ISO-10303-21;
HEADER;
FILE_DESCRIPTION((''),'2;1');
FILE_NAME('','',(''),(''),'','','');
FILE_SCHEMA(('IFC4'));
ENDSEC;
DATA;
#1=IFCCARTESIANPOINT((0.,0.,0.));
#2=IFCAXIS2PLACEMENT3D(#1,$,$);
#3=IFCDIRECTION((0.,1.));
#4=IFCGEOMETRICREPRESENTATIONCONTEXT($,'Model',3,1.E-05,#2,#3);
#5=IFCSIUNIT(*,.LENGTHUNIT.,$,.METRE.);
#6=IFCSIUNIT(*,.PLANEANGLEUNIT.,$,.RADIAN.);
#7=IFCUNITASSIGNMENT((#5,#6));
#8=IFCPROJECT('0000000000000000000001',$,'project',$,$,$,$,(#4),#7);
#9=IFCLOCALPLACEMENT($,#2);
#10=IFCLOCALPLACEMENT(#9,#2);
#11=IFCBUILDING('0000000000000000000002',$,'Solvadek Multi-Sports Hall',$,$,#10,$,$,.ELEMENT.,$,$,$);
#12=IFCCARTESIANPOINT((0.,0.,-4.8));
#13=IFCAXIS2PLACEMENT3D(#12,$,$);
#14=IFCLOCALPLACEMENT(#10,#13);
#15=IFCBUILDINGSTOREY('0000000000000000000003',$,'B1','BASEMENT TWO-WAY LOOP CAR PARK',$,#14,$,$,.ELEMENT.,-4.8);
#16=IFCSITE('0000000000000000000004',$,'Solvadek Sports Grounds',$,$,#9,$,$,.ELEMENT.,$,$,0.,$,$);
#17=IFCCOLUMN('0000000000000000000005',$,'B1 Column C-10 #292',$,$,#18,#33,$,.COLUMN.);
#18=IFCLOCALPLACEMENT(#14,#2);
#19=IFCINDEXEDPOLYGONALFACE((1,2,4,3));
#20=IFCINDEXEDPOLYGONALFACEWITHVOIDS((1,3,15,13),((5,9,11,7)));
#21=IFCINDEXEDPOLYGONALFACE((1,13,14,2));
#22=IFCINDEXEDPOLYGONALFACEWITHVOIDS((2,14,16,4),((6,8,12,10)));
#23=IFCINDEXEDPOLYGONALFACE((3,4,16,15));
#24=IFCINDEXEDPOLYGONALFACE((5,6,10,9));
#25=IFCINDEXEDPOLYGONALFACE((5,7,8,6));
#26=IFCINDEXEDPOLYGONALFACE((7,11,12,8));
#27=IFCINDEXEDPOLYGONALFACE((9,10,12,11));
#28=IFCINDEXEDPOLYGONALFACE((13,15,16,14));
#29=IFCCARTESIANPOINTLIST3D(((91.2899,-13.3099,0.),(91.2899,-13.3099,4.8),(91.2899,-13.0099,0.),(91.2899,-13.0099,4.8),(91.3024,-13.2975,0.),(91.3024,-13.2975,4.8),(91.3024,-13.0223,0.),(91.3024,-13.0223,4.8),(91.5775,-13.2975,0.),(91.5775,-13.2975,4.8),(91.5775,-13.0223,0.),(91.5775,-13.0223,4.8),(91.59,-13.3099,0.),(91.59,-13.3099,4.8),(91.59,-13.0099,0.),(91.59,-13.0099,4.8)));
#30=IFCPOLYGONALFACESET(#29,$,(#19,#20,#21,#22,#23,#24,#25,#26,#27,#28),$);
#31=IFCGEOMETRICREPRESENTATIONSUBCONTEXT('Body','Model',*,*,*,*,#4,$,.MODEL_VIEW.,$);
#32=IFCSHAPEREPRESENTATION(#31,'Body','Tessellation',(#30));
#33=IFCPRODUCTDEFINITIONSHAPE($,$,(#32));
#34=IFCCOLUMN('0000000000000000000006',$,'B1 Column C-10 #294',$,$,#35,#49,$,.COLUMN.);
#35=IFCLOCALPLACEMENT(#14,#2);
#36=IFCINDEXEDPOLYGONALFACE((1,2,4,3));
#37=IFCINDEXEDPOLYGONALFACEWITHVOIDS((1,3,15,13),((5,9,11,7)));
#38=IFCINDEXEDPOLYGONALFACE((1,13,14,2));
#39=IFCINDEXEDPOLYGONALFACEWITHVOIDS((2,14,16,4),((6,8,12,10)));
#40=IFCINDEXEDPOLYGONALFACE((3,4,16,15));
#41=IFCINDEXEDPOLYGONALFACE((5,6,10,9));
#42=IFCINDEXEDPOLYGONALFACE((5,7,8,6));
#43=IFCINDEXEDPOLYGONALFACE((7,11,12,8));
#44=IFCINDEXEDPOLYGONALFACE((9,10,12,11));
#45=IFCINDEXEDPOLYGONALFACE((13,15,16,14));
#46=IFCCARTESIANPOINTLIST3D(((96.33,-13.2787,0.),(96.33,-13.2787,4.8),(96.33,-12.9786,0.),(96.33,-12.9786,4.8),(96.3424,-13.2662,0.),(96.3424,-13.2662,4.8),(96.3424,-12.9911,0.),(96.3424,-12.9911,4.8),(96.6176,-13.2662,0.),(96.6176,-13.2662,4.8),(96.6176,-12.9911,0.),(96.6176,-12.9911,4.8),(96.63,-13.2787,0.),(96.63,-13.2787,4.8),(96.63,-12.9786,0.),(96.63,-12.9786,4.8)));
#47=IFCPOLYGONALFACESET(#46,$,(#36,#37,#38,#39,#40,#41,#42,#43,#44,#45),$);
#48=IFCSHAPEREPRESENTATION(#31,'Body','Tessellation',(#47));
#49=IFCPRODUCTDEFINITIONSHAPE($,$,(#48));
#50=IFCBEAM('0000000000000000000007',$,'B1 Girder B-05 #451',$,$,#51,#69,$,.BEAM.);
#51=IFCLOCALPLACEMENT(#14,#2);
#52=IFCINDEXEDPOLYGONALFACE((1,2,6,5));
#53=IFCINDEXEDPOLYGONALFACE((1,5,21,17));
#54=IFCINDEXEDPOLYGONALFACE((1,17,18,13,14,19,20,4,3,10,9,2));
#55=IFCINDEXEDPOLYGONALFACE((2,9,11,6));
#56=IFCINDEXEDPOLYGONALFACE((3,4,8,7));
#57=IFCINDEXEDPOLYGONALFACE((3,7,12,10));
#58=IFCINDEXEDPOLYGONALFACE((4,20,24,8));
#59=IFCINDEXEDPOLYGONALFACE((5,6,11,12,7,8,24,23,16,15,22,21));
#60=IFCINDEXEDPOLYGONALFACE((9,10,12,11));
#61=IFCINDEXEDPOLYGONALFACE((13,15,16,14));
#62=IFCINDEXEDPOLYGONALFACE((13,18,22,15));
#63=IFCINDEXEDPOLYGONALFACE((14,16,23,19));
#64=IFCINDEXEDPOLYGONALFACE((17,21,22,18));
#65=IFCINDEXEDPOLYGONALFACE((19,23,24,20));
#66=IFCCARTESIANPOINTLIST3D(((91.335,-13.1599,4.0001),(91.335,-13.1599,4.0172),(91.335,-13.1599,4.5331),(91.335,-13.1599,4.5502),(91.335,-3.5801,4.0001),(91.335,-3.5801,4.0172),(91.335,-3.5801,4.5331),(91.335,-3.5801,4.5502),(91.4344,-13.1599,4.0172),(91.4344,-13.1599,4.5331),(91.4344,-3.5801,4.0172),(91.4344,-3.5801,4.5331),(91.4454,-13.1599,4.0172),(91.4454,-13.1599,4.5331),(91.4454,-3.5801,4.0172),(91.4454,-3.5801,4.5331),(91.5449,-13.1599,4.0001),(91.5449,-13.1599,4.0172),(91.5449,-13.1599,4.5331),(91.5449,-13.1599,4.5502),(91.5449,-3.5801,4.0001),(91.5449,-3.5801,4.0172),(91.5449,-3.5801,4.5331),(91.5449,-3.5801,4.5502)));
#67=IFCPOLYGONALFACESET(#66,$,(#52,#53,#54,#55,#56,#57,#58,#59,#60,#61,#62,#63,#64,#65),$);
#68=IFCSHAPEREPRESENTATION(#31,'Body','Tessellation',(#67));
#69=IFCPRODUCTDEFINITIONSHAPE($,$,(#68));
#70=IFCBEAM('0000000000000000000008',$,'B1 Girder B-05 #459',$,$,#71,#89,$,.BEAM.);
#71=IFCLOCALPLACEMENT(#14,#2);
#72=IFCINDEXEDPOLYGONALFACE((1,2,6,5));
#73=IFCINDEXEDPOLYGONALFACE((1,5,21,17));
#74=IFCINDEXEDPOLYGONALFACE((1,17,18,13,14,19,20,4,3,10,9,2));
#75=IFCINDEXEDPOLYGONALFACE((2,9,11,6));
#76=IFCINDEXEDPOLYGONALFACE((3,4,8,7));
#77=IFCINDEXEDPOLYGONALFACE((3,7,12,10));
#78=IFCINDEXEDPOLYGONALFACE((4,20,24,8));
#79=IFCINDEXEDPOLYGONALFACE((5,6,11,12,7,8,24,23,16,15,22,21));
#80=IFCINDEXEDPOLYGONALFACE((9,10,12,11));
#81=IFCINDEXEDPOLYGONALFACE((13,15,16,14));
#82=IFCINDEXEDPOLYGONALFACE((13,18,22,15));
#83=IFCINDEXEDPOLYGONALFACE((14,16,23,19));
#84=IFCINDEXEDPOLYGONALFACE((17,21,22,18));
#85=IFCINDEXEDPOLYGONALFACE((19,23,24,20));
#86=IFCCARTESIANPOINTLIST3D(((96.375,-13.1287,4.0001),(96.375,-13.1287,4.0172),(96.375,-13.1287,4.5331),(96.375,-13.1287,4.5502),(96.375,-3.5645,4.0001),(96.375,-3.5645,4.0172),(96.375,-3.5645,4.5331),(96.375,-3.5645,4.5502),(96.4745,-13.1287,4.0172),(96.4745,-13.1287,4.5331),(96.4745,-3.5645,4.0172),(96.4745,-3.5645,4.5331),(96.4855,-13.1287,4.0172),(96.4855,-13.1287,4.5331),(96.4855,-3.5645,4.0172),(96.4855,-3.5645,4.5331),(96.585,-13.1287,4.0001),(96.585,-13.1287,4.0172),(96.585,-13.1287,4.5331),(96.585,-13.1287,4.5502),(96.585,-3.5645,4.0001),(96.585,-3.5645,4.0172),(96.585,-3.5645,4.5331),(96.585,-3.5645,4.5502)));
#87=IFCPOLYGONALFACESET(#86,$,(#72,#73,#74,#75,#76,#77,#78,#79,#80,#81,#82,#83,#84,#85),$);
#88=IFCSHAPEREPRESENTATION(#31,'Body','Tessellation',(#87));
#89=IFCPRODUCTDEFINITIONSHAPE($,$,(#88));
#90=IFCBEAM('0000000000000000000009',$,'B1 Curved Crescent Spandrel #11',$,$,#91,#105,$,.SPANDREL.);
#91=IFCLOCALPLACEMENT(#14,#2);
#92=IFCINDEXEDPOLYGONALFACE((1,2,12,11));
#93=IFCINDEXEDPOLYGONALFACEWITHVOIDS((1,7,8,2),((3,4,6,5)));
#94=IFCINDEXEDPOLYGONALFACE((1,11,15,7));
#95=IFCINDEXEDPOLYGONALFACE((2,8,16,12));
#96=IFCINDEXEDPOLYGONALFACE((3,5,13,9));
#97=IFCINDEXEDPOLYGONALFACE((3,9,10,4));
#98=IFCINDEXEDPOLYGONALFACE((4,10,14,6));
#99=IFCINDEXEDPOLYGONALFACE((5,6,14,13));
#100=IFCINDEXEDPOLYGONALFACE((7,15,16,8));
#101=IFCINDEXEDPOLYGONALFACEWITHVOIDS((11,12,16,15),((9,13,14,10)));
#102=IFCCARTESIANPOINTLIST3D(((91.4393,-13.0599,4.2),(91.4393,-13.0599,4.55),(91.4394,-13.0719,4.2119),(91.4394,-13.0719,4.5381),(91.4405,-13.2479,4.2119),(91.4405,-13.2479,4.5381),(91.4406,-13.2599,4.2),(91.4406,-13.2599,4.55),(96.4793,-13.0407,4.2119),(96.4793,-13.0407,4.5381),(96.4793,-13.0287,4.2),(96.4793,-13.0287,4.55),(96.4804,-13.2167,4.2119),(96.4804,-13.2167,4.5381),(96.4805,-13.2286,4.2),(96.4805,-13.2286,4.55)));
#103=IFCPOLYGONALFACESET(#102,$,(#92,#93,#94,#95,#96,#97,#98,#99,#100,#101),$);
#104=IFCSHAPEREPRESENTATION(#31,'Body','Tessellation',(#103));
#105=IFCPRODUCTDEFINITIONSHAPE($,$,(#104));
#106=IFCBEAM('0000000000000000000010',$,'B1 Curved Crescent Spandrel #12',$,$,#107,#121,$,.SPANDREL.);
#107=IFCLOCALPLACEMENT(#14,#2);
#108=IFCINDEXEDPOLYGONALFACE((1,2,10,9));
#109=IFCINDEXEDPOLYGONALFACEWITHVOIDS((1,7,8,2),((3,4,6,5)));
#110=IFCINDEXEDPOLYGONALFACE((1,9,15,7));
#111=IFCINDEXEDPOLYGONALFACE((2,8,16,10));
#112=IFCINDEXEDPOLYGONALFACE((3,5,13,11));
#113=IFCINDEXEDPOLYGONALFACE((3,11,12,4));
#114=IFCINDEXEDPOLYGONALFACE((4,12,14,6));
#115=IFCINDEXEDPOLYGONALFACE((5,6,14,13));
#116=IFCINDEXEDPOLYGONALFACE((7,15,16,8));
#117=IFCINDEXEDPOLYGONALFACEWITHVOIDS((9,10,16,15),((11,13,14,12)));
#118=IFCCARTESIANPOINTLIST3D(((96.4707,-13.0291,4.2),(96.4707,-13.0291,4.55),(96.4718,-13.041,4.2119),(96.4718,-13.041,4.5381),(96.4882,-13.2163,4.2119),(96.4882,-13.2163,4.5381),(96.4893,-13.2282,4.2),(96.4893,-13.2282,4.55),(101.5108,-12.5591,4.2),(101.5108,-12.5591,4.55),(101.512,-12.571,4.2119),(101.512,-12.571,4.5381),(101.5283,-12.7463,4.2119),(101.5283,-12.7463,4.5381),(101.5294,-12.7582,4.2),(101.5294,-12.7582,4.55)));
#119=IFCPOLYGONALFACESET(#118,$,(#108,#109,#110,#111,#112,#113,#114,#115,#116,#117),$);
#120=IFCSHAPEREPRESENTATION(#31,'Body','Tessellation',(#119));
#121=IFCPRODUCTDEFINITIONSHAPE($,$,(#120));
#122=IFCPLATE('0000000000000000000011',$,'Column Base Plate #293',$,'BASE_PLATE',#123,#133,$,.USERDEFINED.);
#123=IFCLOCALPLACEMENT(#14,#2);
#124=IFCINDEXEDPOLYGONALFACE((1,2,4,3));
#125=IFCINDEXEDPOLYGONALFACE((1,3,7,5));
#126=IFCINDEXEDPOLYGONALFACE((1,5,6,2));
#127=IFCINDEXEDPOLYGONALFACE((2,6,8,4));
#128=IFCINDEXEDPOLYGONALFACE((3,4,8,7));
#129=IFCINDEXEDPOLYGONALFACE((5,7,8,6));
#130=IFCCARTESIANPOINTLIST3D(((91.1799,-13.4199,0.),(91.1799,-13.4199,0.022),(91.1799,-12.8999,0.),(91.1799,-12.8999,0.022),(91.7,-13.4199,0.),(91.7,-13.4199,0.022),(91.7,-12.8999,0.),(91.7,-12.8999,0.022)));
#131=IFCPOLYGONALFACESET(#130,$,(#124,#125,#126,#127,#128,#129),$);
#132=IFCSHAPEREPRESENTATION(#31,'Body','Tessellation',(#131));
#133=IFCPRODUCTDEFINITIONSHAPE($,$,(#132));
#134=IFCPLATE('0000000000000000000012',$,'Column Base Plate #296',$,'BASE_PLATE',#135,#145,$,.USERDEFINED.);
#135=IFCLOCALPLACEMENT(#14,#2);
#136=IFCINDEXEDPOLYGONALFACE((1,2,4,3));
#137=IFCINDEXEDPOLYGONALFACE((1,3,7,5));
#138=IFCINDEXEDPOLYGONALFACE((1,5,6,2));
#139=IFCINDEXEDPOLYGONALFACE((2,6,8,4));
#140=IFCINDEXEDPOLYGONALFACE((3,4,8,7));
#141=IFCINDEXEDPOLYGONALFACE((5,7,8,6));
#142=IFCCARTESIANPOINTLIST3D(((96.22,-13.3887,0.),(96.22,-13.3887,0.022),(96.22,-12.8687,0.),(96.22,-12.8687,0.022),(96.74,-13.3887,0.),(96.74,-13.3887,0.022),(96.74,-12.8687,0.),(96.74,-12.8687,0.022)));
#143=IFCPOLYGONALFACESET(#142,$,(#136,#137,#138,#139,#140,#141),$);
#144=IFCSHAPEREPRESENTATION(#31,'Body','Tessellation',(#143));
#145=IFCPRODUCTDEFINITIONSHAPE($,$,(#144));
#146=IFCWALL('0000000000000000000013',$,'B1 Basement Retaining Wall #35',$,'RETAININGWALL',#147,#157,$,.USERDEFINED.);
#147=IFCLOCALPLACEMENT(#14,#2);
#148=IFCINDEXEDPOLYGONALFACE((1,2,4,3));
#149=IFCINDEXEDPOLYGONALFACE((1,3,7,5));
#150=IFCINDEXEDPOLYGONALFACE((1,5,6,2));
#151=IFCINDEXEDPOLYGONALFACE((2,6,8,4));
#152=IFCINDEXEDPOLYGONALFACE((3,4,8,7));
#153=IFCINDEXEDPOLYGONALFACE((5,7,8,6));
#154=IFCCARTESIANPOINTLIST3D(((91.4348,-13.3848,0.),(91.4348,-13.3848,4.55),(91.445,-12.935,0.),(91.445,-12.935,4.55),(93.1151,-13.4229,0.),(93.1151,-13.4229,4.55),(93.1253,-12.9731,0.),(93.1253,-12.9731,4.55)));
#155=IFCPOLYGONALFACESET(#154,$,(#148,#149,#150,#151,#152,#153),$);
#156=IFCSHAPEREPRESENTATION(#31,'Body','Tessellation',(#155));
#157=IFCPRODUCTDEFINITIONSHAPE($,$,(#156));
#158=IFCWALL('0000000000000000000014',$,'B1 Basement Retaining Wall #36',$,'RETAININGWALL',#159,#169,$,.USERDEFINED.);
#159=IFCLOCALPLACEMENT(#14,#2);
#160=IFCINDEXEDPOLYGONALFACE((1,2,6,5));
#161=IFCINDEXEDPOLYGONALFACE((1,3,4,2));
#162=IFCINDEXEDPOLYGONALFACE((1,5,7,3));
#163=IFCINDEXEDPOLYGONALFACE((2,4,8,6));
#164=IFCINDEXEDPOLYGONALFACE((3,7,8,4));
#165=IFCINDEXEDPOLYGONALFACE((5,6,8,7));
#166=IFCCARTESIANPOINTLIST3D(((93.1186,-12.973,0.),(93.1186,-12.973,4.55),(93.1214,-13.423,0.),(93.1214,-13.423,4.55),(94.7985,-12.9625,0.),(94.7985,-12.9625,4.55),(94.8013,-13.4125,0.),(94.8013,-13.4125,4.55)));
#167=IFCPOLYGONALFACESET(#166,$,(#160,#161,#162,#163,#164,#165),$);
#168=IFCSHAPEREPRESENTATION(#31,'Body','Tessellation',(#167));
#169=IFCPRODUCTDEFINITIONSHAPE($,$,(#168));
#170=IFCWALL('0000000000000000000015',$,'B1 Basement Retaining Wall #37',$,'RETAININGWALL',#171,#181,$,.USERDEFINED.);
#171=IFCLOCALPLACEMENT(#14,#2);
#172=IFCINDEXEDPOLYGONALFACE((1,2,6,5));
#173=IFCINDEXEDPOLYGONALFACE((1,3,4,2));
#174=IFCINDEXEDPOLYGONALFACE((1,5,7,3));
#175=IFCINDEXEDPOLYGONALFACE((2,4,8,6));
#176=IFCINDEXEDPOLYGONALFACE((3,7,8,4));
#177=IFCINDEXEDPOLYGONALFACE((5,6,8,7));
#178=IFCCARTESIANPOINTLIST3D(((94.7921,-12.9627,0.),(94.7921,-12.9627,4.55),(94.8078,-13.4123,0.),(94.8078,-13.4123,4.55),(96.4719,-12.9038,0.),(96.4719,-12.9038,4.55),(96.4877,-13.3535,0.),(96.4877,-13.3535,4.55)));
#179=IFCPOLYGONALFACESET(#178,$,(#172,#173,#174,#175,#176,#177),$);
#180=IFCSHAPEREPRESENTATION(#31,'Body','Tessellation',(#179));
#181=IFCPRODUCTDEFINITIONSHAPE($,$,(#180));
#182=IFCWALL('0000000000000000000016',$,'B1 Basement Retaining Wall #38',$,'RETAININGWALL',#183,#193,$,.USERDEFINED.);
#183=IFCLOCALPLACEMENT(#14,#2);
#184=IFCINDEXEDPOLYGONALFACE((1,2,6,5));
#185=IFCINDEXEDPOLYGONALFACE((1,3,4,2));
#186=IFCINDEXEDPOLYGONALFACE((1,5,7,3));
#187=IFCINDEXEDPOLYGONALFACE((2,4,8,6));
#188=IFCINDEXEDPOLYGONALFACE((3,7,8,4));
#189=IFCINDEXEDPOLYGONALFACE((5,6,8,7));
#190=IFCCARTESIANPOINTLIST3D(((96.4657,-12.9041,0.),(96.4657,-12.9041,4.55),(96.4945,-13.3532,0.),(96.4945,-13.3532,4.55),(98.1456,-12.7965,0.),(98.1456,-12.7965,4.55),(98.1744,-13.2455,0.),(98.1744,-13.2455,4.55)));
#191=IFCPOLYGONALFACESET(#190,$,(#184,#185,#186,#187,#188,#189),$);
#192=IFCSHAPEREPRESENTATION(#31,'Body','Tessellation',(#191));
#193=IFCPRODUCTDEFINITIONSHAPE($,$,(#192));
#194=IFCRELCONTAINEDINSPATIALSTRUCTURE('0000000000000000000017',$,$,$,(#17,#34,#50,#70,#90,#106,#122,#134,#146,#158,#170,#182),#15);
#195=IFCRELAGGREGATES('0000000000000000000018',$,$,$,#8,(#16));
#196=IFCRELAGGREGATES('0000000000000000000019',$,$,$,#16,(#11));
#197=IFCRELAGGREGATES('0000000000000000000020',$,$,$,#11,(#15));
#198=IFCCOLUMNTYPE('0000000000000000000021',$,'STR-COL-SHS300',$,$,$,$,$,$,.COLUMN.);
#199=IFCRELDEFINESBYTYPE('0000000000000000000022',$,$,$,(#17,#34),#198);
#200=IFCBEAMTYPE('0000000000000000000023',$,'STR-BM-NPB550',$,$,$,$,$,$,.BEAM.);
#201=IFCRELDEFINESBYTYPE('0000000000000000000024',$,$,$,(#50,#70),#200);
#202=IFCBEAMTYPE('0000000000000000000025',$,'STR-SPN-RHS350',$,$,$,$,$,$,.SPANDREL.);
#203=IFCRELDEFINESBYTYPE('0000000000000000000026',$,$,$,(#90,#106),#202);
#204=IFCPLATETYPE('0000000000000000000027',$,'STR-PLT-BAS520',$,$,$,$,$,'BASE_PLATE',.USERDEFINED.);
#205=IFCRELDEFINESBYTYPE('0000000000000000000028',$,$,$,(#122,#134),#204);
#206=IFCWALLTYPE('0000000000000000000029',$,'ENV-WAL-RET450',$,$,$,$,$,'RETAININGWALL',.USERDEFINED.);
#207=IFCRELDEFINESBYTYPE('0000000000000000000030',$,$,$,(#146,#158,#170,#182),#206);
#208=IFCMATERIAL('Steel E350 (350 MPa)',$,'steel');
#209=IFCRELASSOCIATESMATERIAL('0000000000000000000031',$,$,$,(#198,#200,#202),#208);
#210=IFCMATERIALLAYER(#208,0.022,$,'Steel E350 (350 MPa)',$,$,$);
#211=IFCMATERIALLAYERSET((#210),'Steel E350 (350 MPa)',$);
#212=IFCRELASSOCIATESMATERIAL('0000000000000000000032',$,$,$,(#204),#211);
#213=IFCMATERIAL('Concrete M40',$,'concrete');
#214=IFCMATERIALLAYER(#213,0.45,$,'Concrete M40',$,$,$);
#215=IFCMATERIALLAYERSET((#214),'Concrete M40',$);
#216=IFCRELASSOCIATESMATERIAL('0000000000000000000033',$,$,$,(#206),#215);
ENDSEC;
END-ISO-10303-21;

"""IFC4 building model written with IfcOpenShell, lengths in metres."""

from ifc_helpers import new_model, si_unit, direction, frame, frame_2d, origin, origin_2d, place, context, subcontext, project, spatial, rectangle, hollow_rectangle, i_section, extrude, material, layer, layer_set, material_profile, profile_set, type_object, element, save


model = new_model("IFC4")

# Units and contexts
model_context = context("Model", 3, precision=1e-05, world=origin(), true_north=direction((0.0, 1.0)))
body_context = subcontext(model_context, "Body", "Model", "MODEL_VIEW")
ifc_project = project(units=[si_unit("LENGTHUNIT", "METRE"), si_unit("PLANEANGLEUNIT", "RADIAN")], contexts=[model_context])

# Site, building, storey
site_placement = place(None, origin())
site = spatial("IfcSite", under=ifc_project, at=site_placement, Name="Solvadek Sports Grounds", CompositionType="ELEMENT", RefElevation=0.0)
building_placement = place(site_placement, origin())
building = spatial("IfcBuilding", under=site, at=building_placement, Name="Solvadek Multi-Sports Hall", CompositionType="ELEMENT")
storey_placement = place(building_placement, frame((0.0, 0.0, -4.8)))
storey = spatial("IfcBuildingStorey", under=building, at=storey_placement, Name="B1", Description="BASEMENT TWO-WAY LOOP CAR PARK", CompositionType="ELEMENT", Elevation=-4.8)

# Shared definitions
ifc_material_1 = material(Name="Concrete M40", Category="concrete")

# Columns
ifc_material_2 = material(Name="Steel E350 (350 MPa)", Category="steel")
ifc_material_profile_1 = material_profile(ifc_material_2, hollow_rectangle(XDim=0.3, YDim=0.3, WallThickness=0.0125, at=origin_2d()), Name="SHS 300x300x12.5")
ifc_profile_set_1 = profile_set([ifc_material_profile_1], Name="Steel E350 (350 MPa)")
column_type = type_object("IfcColumnType", Name="STR-COL-SHS300", PredefinedType="COLUMN", material=ifc_profile_set_1)
for number, where, z_axis, x_axis, name in (
    (1, (91.4399, -13.1599, 0.0), (0.0, 0.0, 1.0), (1.0, 0.0, 0.0), "B1 Column C-10 #292"),
    (2, (96.48, -13.1287, 0.0), (0.0, 0.0, 1.0), (1.0, 0.0, 0.0), "B1 Column C-10 #294"),
):
    element("IfcColumn", number, at=place(storey_placement, frame(where, z_axis=z_axis, x_axis=x_axis)), inside=storey, type_object=column_type, Name=name, PredefinedType="COLUMN", context=body_context, shape_type="SweptSolid", body=[
        extrude(hollow_rectangle(XDim=0.3, YDim=0.3, WallThickness=0.0125, at=origin_2d()), origin(), (0.0, 0.0, 1.0), 4.8),
    ])

# Beams
ifc_material_profile_2 = material_profile(ifc_material_2, i_section(OverallWidth=0.21, OverallDepth=0.55, WebThickness=0.011, FlangeThickness=0.0171, at=origin_2d()), Name="NPB 550")
ifc_profile_set_2 = profile_set([ifc_material_profile_2], Name="Steel E350 (350 MPa)")
beam_type_1 = type_object("IfcBeamType", Name="STR-BM-NPB550", PredefinedType="BEAM", material=ifc_profile_set_2)
beam_1_placement = place(storey_placement, frame((91.4399, -13.1599, 4.2751), z_axis=(0.0, 1.0, 0.0), x_axis=(-1.0, 0.0, 0.0)))
element("IfcBeam", 3, at=beam_1_placement, inside=storey, type_object=beam_type_1, Name="B1 Girder B-05 #451", PredefinedType="BEAM", context=body_context, shape_type="SweptSolid", body=[
    extrude(i_section(OverallWidth=0.21, OverallDepth=0.55, WebThickness=0.011, FlangeThickness=0.0171, at=origin_2d()), origin(), (0.0, 0.0, 1.0), 9.5798),
])
beam_2_placement = place(storey_placement, frame((96.48, -13.1287, 4.2751), z_axis=(0.0, 1.0, 0.0), x_axis=(-1.0, 0.0, 0.0)))
element("IfcBeam", 4, at=beam_2_placement, inside=storey, type_object=beam_type_1, Name="B1 Girder B-05 #459", PredefinedType="BEAM", context=body_context, shape_type="SweptSolid", body=[
    extrude(i_section(OverallWidth=0.21, OverallDepth=0.55, WebThickness=0.011, FlangeThickness=0.0171, at=origin_2d()), origin(), (0.0, 0.0, 1.0), 9.5642),
])
ifc_material_profile_3 = material_profile(ifc_material_2, hollow_rectangle(XDim=0.2, YDim=0.3501, WallThickness=0.012, at=origin_2d()), Name="RHS 350x200x12")
ifc_profile_set_3 = profile_set([ifc_material_profile_3], Name="Steel E350 (350 MPa)")
beam_type_2 = type_object("IfcBeamType", Name="STR-SPN-RHS350", PredefinedType="SPANDREL", material=ifc_profile_set_3)
beam_3_placement = place(storey_placement, frame((91.4399, -13.1599, 4.375), z_axis=(0.999981, 0.0062, 0.0), x_axis=(-0.0062, 0.999981, 0.0)))
element("IfcBeam", 5, at=beam_3_placement, inside=storey, type_object=beam_type_2, Name="B1 Curved Crescent Spandrel #11", PredefinedType="SPANDREL", context=body_context, shape_type="SweptSolid", body=[
    extrude(hollow_rectangle(XDim=0.2, YDim=0.3501, WallThickness=0.012, at=origin_2d()), origin(), (0.0, 0.0, 1.0), 5.04),
])
beam_4_placement = place(storey_placement, frame((96.48, -13.1287, 4.375), z_axis=(0.995681, 0.092845, 0.0), x_axis=(-0.092845, 0.995681, 0.0)))
element("IfcBeam", 6, at=beam_4_placement, inside=storey, type_object=beam_type_2, Name="B1 Curved Crescent Spandrel #12", PredefinedType="SPANDREL", context=body_context, shape_type="SweptSolid", body=[
    extrude(hollow_rectangle(XDim=0.2, YDim=0.3501, WallThickness=0.012, at=origin_2d()), origin(), (0.0, 0.0, 1.0), 5.062),
])

# Plates
ifc_layer_1 = layer(ifc_material_2, 0.022, Name="Steel E350 (350 MPa)")
ifc_layer_set_1 = layer_set([ifc_layer_1], Name="Steel E350 (350 MPa)")
plate_type = type_object("IfcPlateType", Name="STR-PLT-BAS520", ElementType="BASE_PLATE", PredefinedType="USERDEFINED", material=ifc_layer_set_1)
for number, where, z_axis, x_axis, name in (
    (7, (91.4399, -13.1599, 0.0), (0.0, 0.0, 1.0), (1.0, 0.0, 0.0), "Column Base Plate #293"),
    (8, (96.48, -13.1287, 0.0), (0.0, 0.0, 1.0), (1.0, 0.0, 0.0), "Column Base Plate #296"),
):
    element("IfcPlate", number, at=place(storey_placement, frame(where, z_axis=z_axis, x_axis=x_axis)), inside=storey, type_object=plate_type, Name=name, ObjectType="BASE_PLATE", PredefinedType="USERDEFINED", context=body_context, shape_type="SweptSolid", body=[
        extrude(rectangle(XDim=0.52, YDim=0.52, at=origin_2d()), origin(), (0.0, 0.0, 1.0), 0.022),
    ])

# Walls
ifc_layer_2 = layer(ifc_material_1, 0.45, Name="Concrete M40")
ifc_layer_set_2 = layer_set([ifc_layer_2], Name="Concrete M40")
wall_type = type_object("IfcWallType", Name="ENV-WAL-RET450", ElementType="RETAININGWALL", PredefinedType="USERDEFINED", material=ifc_layer_set_2)
wall_1_placement = place(storey_placement, frame((91.4399, -13.1599, 0.0), z_axis=(0.0, 0.0, 1.0), x_axis=(0.999743, -0.022662, 0.0)))
element("IfcWall", 9, at=wall_1_placement, inside=storey, type_object=wall_type, Name="B1 Basement Retaining Wall #35", ObjectType="RETAININGWALL", PredefinedType="USERDEFINED", context=body_context, shape_type="SweptSolid", body=[
    extrude(rectangle(XDim=1.6807, YDim=0.45, at=frame_2d((0.8403, 0.0))), origin(), (0.0, 0.0, 1.0), 4.55),
])
wall_2_placement = place(storey_placement, frame((93.1201, -13.198, 0.0), z_axis=(0.0, 0.0, 1.0), x_axis=(0.99998, 0.006249, 0.0)))
element("IfcWall", 10, at=wall_2_placement, inside=storey, type_object=wall_type, Name="B1 Basement Retaining Wall #36", ObjectType="RETAININGWALL", PredefinedType="USERDEFINED", context=body_context, shape_type="SweptSolid", body=[
    extrude(rectangle(XDim=1.6799, YDim=0.45, at=frame_2d((0.8398, 0.0))), origin(), (0.0, 0.0, 1.0), 4.55),
])
wall_3_placement = place(storey_placement, frame((94.8, -13.1875, 0.0), z_axis=(0.0, 0.0, 1.0), x_axis=(0.999387, 0.035003, 0.0)))
element("IfcWall", 11, at=wall_3_placement, inside=storey, type_object=wall_type, Name="B1 Basement Retaining Wall #37", ObjectType="RETAININGWALL", PredefinedType="USERDEFINED", context=body_context, shape_type="SweptSolid", body=[
    extrude(rectangle(XDim=1.6809, YDim=0.45, at=frame_2d((0.8403, 0.0))), origin(), (0.0, 0.0, 1.0), 4.55),
])
wall_4_placement = place(storey_placement, frame((96.48, -13.1287, 0.0), z_axis=(0.0, 0.0, 1.0), x_axis=(0.997953, 0.063958, 0.0)))
element("IfcWall", 12, at=wall_4_placement, inside=storey, type_object=wall_type, Name="B1 Basement Retaining Wall #38", ObjectType="RETAININGWALL", PredefinedType="USERDEFINED", context=body_context, shape_type="SweptSolid", body=[
    extrude(rectangle(XDim=1.6833, YDim=0.45, at=frame_2d((0.8418, 0.0))), origin(), (0.0, 0.0, 1.0), 4.55),
])

save(model, "model.ifc")
